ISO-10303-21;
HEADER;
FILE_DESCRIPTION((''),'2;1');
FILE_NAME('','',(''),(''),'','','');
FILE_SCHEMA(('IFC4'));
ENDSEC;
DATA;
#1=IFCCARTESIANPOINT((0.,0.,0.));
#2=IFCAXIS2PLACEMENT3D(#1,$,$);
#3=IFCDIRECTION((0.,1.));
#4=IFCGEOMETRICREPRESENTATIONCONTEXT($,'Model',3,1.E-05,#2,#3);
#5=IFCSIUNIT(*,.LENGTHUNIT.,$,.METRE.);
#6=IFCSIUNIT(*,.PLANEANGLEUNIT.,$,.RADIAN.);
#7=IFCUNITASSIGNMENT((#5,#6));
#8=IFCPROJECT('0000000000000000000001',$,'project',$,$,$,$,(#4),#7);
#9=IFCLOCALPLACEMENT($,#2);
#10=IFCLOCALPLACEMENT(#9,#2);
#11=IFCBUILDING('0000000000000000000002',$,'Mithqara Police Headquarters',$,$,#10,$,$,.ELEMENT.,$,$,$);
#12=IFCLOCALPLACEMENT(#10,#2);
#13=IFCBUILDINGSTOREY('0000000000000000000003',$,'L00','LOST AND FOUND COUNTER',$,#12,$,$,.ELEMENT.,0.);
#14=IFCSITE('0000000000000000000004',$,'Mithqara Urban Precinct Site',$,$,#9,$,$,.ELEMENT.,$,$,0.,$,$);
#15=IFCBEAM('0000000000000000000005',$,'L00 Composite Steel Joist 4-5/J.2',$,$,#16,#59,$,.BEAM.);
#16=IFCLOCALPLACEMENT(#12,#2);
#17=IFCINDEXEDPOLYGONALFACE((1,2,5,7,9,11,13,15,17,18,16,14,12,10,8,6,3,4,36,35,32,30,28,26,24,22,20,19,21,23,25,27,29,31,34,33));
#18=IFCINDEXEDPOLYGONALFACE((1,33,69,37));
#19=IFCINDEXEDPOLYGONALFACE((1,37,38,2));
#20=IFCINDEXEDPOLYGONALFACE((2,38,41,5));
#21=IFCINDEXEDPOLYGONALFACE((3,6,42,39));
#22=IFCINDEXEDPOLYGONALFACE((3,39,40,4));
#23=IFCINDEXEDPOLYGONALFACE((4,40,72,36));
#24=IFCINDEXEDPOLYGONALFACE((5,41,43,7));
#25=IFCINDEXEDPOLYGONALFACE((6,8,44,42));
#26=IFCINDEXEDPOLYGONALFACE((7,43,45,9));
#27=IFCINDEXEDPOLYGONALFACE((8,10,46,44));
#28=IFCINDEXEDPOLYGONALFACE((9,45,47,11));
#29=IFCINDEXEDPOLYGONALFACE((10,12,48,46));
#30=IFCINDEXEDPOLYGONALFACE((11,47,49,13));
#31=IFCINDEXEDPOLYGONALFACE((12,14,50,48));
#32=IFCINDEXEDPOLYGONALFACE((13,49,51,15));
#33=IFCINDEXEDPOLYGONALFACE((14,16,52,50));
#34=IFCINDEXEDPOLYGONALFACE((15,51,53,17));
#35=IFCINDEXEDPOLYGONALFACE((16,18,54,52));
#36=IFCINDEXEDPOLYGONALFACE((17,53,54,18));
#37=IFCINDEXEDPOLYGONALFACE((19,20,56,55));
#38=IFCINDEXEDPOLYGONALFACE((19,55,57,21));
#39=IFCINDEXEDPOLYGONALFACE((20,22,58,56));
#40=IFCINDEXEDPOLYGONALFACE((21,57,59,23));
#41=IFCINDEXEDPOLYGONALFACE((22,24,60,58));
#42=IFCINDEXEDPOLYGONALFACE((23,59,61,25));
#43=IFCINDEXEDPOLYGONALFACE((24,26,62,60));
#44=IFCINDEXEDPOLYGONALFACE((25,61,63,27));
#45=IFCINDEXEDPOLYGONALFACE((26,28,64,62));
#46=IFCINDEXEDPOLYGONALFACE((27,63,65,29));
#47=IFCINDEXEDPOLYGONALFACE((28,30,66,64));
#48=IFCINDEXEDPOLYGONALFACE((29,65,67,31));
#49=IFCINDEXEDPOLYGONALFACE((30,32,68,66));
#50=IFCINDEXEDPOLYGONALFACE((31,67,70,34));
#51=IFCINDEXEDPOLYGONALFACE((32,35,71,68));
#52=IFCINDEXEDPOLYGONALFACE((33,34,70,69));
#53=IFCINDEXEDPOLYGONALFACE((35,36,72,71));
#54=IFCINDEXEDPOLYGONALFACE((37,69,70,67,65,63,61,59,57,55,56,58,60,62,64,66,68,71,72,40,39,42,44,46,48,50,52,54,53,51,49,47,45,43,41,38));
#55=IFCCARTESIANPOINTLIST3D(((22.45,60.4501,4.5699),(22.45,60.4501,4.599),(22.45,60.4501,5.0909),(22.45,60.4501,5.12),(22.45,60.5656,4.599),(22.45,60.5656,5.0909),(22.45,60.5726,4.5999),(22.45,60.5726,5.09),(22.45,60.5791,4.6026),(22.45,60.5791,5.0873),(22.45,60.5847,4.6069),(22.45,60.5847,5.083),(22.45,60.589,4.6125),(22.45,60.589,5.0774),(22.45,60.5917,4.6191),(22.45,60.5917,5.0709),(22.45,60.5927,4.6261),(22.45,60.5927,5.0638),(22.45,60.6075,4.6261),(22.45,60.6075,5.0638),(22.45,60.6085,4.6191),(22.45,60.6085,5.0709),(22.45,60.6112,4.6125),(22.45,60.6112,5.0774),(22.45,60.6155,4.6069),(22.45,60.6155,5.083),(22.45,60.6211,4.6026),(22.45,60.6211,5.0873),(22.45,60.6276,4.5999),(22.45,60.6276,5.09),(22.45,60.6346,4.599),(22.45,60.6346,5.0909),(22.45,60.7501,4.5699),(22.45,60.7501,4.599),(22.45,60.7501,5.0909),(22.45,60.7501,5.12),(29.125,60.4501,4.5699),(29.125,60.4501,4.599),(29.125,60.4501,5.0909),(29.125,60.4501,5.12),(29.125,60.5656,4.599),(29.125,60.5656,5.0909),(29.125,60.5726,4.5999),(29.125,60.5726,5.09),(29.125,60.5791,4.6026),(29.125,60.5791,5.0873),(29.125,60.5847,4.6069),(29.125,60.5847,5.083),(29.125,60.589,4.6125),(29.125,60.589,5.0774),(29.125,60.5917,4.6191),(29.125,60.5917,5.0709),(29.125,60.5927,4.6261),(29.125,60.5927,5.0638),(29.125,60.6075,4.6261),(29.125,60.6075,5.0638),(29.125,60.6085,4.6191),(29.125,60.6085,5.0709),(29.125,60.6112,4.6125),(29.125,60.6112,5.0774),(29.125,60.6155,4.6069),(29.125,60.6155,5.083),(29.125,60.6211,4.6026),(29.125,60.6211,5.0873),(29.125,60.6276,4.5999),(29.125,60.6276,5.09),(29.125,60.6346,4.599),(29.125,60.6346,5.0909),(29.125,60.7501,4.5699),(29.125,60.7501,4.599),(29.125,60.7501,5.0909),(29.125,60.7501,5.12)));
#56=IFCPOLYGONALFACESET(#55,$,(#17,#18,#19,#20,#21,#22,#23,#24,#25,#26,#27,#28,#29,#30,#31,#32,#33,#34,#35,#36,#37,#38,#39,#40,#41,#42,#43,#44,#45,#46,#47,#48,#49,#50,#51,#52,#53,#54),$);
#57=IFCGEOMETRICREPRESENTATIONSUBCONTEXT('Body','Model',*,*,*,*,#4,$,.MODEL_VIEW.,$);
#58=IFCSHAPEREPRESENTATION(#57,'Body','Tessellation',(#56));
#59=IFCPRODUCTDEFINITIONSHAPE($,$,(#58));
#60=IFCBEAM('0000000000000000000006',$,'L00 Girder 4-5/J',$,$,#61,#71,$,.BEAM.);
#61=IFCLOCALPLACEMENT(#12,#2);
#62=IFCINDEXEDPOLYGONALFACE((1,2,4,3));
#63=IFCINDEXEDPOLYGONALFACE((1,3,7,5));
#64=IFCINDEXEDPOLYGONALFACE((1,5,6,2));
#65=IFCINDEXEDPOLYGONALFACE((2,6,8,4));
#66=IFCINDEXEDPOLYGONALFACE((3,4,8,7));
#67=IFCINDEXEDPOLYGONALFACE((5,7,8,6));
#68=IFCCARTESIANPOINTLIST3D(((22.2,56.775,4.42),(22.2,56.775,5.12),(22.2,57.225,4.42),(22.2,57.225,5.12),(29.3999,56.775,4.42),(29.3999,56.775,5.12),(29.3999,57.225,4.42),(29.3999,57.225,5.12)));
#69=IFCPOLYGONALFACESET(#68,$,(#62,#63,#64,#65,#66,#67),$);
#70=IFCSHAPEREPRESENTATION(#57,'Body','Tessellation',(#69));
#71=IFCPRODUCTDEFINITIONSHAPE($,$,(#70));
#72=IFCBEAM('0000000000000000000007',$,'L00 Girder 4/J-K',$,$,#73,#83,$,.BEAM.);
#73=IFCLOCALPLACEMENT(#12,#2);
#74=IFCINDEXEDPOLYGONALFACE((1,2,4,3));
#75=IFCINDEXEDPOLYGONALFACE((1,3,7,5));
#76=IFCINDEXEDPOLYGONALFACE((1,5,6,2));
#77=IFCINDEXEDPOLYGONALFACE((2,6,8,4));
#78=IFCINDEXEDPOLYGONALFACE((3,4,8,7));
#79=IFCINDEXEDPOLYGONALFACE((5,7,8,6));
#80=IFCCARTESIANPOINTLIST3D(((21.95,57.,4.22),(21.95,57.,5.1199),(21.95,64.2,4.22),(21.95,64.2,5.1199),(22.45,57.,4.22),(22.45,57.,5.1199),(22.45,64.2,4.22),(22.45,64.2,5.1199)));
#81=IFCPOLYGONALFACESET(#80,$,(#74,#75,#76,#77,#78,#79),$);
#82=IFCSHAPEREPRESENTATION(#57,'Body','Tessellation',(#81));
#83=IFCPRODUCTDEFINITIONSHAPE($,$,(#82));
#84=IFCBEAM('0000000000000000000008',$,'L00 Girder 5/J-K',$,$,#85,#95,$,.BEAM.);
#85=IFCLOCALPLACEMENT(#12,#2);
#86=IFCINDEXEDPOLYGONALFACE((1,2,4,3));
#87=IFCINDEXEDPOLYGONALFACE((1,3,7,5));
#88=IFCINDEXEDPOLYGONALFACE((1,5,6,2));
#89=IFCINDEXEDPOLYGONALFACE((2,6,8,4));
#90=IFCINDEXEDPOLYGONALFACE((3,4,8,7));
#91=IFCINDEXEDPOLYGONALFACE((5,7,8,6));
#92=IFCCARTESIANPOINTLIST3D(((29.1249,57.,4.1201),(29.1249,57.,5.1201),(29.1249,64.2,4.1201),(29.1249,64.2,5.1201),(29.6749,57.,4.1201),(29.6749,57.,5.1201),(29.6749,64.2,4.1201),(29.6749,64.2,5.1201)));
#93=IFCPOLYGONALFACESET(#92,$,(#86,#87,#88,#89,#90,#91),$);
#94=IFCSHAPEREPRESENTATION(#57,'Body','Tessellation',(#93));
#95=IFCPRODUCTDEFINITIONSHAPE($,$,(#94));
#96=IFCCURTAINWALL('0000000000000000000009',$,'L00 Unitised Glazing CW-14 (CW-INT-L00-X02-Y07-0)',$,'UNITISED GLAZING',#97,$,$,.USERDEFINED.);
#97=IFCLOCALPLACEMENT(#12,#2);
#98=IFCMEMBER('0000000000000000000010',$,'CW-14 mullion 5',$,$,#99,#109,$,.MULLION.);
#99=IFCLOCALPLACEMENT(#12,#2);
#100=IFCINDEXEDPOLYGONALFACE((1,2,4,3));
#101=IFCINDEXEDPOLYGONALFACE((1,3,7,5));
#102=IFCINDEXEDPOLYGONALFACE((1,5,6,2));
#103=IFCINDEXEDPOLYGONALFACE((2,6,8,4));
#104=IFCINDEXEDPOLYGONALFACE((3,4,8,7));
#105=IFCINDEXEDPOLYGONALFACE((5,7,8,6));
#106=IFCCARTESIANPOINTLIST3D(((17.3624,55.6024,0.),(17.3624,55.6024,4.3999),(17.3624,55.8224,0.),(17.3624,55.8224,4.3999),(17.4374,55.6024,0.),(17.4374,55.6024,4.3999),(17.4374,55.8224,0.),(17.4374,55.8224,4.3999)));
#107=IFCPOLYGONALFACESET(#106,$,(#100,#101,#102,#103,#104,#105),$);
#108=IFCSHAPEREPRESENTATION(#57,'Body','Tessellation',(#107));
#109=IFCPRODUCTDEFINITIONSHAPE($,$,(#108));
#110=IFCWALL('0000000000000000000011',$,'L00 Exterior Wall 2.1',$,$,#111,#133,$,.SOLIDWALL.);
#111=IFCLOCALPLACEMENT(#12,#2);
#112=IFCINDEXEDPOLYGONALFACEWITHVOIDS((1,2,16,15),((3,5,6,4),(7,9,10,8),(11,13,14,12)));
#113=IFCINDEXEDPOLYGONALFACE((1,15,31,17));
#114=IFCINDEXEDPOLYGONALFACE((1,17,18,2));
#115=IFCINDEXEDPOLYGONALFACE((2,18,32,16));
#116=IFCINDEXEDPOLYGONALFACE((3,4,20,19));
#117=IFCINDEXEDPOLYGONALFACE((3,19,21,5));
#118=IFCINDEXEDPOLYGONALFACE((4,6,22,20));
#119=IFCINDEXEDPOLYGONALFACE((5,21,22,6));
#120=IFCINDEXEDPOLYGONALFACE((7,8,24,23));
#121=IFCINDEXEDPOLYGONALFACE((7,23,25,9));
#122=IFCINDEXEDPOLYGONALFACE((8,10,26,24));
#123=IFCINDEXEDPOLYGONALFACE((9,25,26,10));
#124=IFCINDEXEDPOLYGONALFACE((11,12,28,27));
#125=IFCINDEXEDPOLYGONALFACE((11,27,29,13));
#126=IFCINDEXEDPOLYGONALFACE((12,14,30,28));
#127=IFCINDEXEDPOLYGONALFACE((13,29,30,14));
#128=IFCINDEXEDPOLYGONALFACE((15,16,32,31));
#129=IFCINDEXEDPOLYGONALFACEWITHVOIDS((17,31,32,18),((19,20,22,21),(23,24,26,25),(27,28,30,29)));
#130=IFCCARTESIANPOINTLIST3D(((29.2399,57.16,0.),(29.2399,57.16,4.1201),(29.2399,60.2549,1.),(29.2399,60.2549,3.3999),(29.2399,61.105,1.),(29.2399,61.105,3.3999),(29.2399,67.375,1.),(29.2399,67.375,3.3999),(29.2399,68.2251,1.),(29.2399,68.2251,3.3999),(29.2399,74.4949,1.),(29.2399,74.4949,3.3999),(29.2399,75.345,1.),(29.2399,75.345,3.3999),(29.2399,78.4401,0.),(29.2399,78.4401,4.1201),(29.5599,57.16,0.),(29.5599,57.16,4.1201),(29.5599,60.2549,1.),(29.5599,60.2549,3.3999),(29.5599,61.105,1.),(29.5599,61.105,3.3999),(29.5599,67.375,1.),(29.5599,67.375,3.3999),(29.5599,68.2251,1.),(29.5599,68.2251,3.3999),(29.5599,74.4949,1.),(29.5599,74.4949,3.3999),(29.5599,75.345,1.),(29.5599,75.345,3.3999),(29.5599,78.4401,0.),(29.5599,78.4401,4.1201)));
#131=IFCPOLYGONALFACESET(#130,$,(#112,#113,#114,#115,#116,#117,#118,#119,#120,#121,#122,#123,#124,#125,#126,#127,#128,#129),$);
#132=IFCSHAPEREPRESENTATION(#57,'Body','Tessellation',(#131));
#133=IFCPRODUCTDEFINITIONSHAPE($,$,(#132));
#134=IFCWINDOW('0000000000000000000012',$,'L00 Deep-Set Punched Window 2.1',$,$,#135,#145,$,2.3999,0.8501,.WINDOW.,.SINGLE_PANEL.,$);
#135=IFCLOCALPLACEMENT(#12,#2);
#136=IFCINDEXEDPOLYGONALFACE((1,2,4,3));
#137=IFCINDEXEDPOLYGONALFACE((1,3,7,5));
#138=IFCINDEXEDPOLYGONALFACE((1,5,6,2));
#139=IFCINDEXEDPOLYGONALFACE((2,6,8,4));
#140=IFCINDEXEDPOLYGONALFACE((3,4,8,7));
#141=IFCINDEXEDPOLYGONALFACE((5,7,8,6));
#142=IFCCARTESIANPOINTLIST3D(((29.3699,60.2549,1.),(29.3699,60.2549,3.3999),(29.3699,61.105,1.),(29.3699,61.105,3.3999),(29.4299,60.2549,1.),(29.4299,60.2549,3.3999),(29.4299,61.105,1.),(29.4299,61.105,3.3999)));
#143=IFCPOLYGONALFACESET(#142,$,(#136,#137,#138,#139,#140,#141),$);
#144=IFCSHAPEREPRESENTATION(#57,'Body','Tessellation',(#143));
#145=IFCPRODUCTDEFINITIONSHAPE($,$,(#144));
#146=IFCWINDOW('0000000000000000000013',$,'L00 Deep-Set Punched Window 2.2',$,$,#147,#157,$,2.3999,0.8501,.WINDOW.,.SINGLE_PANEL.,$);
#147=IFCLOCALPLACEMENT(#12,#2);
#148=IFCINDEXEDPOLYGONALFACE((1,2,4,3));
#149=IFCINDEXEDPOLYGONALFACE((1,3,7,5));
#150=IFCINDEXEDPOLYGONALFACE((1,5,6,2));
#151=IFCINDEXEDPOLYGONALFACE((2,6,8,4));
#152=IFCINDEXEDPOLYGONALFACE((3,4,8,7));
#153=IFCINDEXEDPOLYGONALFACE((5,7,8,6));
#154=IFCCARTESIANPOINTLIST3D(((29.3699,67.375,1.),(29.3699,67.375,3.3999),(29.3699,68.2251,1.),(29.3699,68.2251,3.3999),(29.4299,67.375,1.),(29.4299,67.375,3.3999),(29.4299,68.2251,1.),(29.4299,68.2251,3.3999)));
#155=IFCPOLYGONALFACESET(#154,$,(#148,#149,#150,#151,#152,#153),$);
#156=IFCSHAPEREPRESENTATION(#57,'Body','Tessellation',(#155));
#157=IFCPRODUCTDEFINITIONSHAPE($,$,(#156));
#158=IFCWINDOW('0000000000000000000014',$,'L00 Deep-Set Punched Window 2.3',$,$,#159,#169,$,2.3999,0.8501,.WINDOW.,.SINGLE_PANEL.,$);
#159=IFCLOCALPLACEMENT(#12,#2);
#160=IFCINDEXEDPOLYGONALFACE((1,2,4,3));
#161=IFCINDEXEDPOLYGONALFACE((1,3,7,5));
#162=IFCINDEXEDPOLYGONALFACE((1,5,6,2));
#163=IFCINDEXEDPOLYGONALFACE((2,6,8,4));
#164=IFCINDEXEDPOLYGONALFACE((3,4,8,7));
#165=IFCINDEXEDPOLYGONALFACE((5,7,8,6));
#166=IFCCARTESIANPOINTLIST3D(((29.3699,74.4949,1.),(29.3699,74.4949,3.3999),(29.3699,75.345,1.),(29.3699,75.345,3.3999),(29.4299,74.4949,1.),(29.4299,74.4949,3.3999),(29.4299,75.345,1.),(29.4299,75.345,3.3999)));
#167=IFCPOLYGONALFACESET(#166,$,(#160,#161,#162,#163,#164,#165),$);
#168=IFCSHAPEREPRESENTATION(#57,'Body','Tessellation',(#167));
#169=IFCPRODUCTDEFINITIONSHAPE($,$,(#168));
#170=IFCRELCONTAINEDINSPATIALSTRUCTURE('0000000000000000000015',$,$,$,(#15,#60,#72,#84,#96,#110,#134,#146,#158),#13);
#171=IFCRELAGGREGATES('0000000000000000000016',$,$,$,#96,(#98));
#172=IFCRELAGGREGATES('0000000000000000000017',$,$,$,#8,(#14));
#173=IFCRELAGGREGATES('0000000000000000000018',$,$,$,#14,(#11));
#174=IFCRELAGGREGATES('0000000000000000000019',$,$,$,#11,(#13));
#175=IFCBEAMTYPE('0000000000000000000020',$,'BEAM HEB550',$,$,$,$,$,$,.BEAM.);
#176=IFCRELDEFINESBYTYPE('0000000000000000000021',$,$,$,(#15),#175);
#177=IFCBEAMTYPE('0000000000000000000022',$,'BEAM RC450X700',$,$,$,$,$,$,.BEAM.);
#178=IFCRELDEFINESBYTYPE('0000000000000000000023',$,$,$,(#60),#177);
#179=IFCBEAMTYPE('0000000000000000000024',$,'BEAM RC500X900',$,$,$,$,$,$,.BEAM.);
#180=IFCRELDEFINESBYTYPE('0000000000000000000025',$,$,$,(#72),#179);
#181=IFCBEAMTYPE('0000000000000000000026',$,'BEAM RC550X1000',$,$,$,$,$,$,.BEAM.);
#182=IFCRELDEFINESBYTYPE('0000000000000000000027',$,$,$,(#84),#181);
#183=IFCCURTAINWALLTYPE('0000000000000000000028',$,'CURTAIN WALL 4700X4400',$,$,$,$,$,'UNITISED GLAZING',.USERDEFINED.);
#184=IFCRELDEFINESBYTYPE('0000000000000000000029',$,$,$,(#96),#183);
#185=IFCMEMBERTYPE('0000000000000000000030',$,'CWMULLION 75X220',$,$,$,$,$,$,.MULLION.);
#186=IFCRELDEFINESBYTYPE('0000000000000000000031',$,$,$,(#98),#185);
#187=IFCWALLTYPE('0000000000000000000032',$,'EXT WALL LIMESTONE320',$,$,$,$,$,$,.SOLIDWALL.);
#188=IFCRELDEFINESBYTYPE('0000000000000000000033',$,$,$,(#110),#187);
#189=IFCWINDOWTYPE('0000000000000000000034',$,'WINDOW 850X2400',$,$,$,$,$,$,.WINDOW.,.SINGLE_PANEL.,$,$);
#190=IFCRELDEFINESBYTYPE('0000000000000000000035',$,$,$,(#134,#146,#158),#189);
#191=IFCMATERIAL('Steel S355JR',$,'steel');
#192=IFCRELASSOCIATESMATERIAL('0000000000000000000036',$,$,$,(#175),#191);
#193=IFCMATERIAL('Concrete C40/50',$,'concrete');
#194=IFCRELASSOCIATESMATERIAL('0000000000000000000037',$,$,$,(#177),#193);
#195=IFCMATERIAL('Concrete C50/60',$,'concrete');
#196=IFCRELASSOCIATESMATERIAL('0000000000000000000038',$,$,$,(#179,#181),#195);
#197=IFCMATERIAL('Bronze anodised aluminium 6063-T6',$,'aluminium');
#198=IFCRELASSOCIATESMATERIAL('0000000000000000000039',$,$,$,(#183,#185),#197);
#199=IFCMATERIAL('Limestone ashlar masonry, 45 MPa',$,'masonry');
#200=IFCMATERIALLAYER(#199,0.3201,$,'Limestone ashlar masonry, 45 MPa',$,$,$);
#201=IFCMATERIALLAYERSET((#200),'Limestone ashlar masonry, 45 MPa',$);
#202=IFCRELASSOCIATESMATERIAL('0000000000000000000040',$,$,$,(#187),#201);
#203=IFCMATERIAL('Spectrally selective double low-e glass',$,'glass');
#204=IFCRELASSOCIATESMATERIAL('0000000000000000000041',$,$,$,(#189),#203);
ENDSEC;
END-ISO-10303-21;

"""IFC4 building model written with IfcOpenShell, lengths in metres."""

from ifc_helpers import new_model, si_unit, direction, frame, frame_2d, origin, origin_2d, place, context, subcontext, project, spatial, rectangle, i_section, extrude, material, layer, layer_set, material_profile, profile_set, type_object, element, fill, aggregate, save


model = new_model("IFC4")

# Units and contexts
model_context = context("Model", 3, precision=1e-05, world=origin(), true_north=direction((0.0, 1.0)))
body_context = subcontext(model_context, "Body", "Model", "MODEL_VIEW")
ifc_project = project(units=[si_unit("LENGTHUNIT", "METRE"), si_unit("PLANEANGLEUNIT", "RADIAN")], contexts=[model_context])

# Site, building, storey
site_placement = place(None, origin())
site = spatial("IfcSite", under=ifc_project, at=site_placement, Name="Mithqara Urban Precinct Site", CompositionType="ELEMENT", RefElevation=0.0)
building_placement = place(site_placement, origin())
building = spatial("IfcBuilding", under=site, at=building_placement, Name="Mithqara Police Headquarters", CompositionType="ELEMENT")
storey_placement = place(building_placement, origin())
storey = spatial("IfcBuildingStorey", under=building, at=storey_placement, Name="L00", Description="LOST AND FOUND COUNTER", CompositionType="ELEMENT", Elevation=0.0)

# Shared definitions
ifc_material_1 = material(Name="Concrete C50/60", Category="concrete")

# Beams
ifc_material_2 = material(Name="Steel S355JR", Category="steel")
ifc_material_profile_1 = material_profile(ifc_material_2, i_section(OverallWidth=0.3, OverallDepth=0.55, WebThickness=0.0149, FlangeThickness=0.0291, FilletRadius=0.0271, at=origin_2d()), Name="HEB 550")
ifc_profile_set_1 = profile_set([ifc_material_profile_1], Name="Steel S355JR")
beam_type_1 = type_object("IfcBeamType", Name="BEAM HEB550", PredefinedType="BEAM", material=ifc_profile_set_1)
for number, where, z_axis, x_axis, name in (
    (1, (22.45, 60.6001, 4.845), (1.0, 0.0, 0.0), (0.0, 1.0, 0.0), "L00 Composite Steel Joist 4-5/J.2"),
):
    element("IfcBeam", number, at=place(storey_placement, frame(where, z_axis=z_axis, x_axis=x_axis)), inside=storey, type_object=beam_type_1, Name=name, PredefinedType="BEAM", context=body_context, shape_type="SweptSolid", body=[
        extrude(i_section(OverallWidth=0.3, OverallDepth=0.55, WebThickness=0.0149, FlangeThickness=0.0291, FilletRadius=0.0271, at=origin_2d()), origin(), (0.0, 0.0, 1.0), 6.675),
    ])
ifc_material_3 = material(Name="Concrete C40/50", Category="concrete")
ifc_material_profile_2 = material_profile(ifc_material_3, rectangle(XDim=0.45, YDim=0.7, at=origin_2d()), Name="RC 450x700")
ifc_profile_set_2 = profile_set([ifc_material_profile_2], Name="Concrete C40/50")
beam_type_2 = type_object("IfcBeamType", Name="BEAM RC450X700", PredefinedType="BEAM", material=ifc_profile_set_2)
beam_1_placement = place(storey_placement, frame((22.2, 57.0, 4.77), z_axis=(1.0, 0.0, 0.0), x_axis=(0.0, 1.0, 0.0)))
element("IfcBeam", 2, at=beam_1_placement, inside=storey, type_object=beam_type_2, Name="L00 Girder 4-5/J", PredefinedType="BEAM", context=body_context, shape_type="SweptSolid", body=[
    extrude(rectangle(XDim=0.45, YDim=0.7, at=origin_2d()), origin(), (0.0, 0.0, 1.0), 7.2),
])
ifc_material_profile_3 = material_profile(ifc_material_1, rectangle(XDim=0.5, YDim=0.8999, at=origin_2d()), Name="RC 500x900")
ifc_profile_set_3 = profile_set([ifc_material_profile_3], Name="Concrete C50/60")
beam_type_3 = type_object("IfcBeamType", Name="BEAM RC500X900", PredefinedType="BEAM", material=ifc_profile_set_3)
beam_2_placement = place(storey_placement, frame((22.2, 57.0, 4.6699), z_axis=(0.0, 1.0, 0.0), x_axis=(-1.0, 0.0, 0.0)))
element("IfcBeam", 3, at=beam_2_placement, inside=storey, type_object=beam_type_3, Name="L00 Girder 4/J-K", PredefinedType="BEAM", context=body_context, shape_type="SweptSolid", body=[
    extrude(rectangle(XDim=0.5, YDim=0.8999, at=origin_2d()), origin(), (0.0, 0.0, 1.0), 7.2),
])
ifc_material_profile_4 = material_profile(ifc_material_1, rectangle(XDim=0.55, YDim=1.0, at=origin_2d()), Name="RC 550x1000")
ifc_profile_set_4 = profile_set([ifc_material_profile_4], Name="Concrete C50/60")
beam_type_4 = type_object("IfcBeamType", Name="BEAM RC550X1000", PredefinedType="BEAM", material=ifc_profile_set_4)
beam_3_placement = place(storey_placement, frame((29.3999, 57.0, 4.6201), z_axis=(0.0, 1.0, 0.0), x_axis=(-1.0, 0.0, 0.0)))
element("IfcBeam", 4, at=beam_3_placement, inside=storey, type_object=beam_type_4, Name="L00 Girder 5/J-K", PredefinedType="BEAM", context=body_context, shape_type="SweptSolid", body=[
    extrude(rectangle(XDim=0.55, YDim=1.0, at=origin_2d()), origin(), (0.0, 0.0, 1.0), 7.2),
])

# Curtain wall, member
ifc_material_4 = material(Name="Bronze anodised aluminium 6063-T6", Category="aluminium")
curtain_wall_type = type_object("IfcCurtainWallType", Name="CURTAIN WALL 4700X4400", ElementType="UNITISED GLAZING", PredefinedType="USERDEFINED", material=ifc_material_4)
curtain_wall_placement = place(storey_placement, origin())
curtain_wall = element("IfcCurtainWall", 5, at=curtain_wall_placement, inside=storey, type_object=curtain_wall_type, Name="L00 Unitised Glazing CW-14 (CW-INT-L00-X02-Y07-0)", ObjectType="UNITISED GLAZING", PredefinedType="USERDEFINED")
ifc_material_profile_5 = material_profile(ifc_material_4, rectangle(XDim=0.075, YDim=0.22, at=origin_2d()), Name="CWM 75x220")
ifc_profile_set_5 = profile_set([ifc_material_profile_5], Name="Bronze anodised aluminium 6063-T6")
member_type_1 = type_object("IfcMemberType", Name="CWMULLION 75X220", PredefinedType="MULLION", material=ifc_profile_set_5)
member_1_placement = place(storey_placement, frame((17.3999, 55.7124, 0.0), z_axis=(0.0, 0.0, 1.0), x_axis=(-1.0, 0.0, 0.0)))
member_1 = element("IfcMember", 6, at=member_1_placement, type_object=member_type_1, Name="CW-14 mullion 5", PredefinedType="MULLION", context=body_context, shape_type="SweptSolid", body=[
    extrude(rectangle(XDim=0.075, YDim=0.22, at=origin_2d()), origin(), (0.0, 0.0, 1.0), 4.3999),
])
aggregate(curtain_wall, [member_1])

# Wall, openings, windows
ifc_material_5 = material(Name="Limestone ashlar masonry, 45 MPa", Category="masonry")
ifc_layer_1 = layer(ifc_material_5, 0.3201, Name="Limestone ashlar masonry, 45 MPa")
ifc_layer_set_1 = layer_set([ifc_layer_1], Name="Limestone ashlar masonry, 45 MPa")
wall_type_1 = type_object("IfcWallType", Name="EXT WALL LIMESTONE320", PredefinedType="SOLIDWALL", material=ifc_layer_set_1)
wall_1_placement = place(storey_placement, frame((29.3999, 57.1599, 0.0), z_axis=(0.0, 0.0, 1.0), x_axis=(0.0, 1.0, 0.0)))
wall_1 = element("IfcWall", 7, at=wall_1_placement, inside=storey, type_object=wall_type_1, Name="L00 Exterior Wall 2.1", PredefinedType="SOLIDWALL", context=body_context, shape_type="SweptSolid", body=[
    extrude(rectangle(XDim=21.28, YDim=0.3201, at=frame_2d((10.6401, 0.0))), origin(), (0.0, 0.0, 1.0), 4.1201),
])
opening_1_placement = place(wall_1_placement, frame((3.095, 0.0, 1.0)))
opening_1 = element("IfcOpeningElement", 8, at=opening_1_placement, cuts=wall_1, PredefinedType="OPENING", context=body_context, shape_type="SweptSolid", body=[
    extrude(rectangle(XDim=0.8501, YDim=2.3999, at=frame_2d((0.425, 1.2))), frame((0.0, 0.1699, 0.0), z_axis=(0.0, -1.0, 0.0), x_axis=(1.0, 0.0, 0.0)), (0.0, 0.0, 1.0), 0.3401),
])
opening_2_placement = place(wall_1_placement, frame((10.2151, 0.0, 1.0)))
opening_2 = element("IfcOpeningElement", 9, at=opening_2_placement, cuts=wall_1, PredefinedType="OPENING", context=body_context, shape_type="SweptSolid", body=[
    extrude(rectangle(XDim=0.8501, YDim=2.3999, at=frame_2d((0.425, 1.2))), frame((0.0, 0.1699, 0.0), z_axis=(0.0, -1.0, 0.0), x_axis=(1.0, 0.0, 0.0)), (0.0, 0.0, 1.0), 0.3401),
])
opening_3_placement = place(wall_1_placement, frame((17.335, 0.0, 1.0)))
opening_3 = element("IfcOpeningElement", 10, at=opening_3_placement, cuts=wall_1, PredefinedType="OPENING", context=body_context, shape_type="SweptSolid", body=[
    extrude(rectangle(XDim=0.8501, YDim=2.3999, at=frame_2d((0.425, 1.2))), frame((0.0, 0.1699, 0.0), z_axis=(0.0, -1.0, 0.0), x_axis=(1.0, 0.0, 0.0)), (0.0, 0.0, 1.0), 0.3401),
])
ifc_material_6 = material(Name="Spectrally selective double low-e glass", Category="glass")
window_type = type_object("IfcWindowType", Name="WINDOW 850X2400", PartitioningType="SINGLE_PANEL", PredefinedType="WINDOW", material=ifc_material_6)
window_1_placement = place(opening_1_placement, origin())
window_1 = element("IfcWindow", 11, at=window_1_placement, inside=storey, type_object=window_type, Name="L00 Deep-Set Punched Window 2.1", OverallHeight=2.3999, OverallWidth=0.8501, PartitioningType="SINGLE_PANEL", PredefinedType="WINDOW", context=body_context, shape_type="SweptSolid", body=[
    extrude(rectangle(XDim=0.8501, YDim=2.3999, at=frame_2d((0.425, 1.2))), frame((0.0, 0.03, 0.0), z_axis=(0.0, -1.0, 0.0), x_axis=(1.0, 0.0, 0.0)), (0.0, 0.0, 1.0), 0.0601),
])
fill(opening_1, window_1)
window_2_placement = place(opening_2_placement, origin())
window_2 = element("IfcWindow", 12, at=window_2_placement, inside=storey, type_object=window_type, Name="L00 Deep-Set Punched Window 2.2", OverallHeight=2.3999, OverallWidth=0.8501, PartitioningType="SINGLE_PANEL", PredefinedType="WINDOW", context=body_context, shape_type="SweptSolid", body=[
    extrude(rectangle(XDim=0.8501, YDim=2.3999, at=frame_2d((0.425, 1.2))), frame((0.0, 0.03, 0.0), z_axis=(0.0, -1.0, 0.0), x_axis=(1.0, 0.0, 0.0)), (0.0, 0.0, 1.0), 0.0601),
])
fill(opening_2, window_2)
window_3_placement = place(opening_3_placement, origin())
window_3 = element("IfcWindow", 13, at=window_3_placement, inside=storey, type_object=window_type, Name="L00 Deep-Set Punched Window 2.3", OverallHeight=2.3999, OverallWidth=0.8501, PartitioningType="SINGLE_PANEL", PredefinedType="WINDOW", context=body_context, shape_type="SweptSolid", body=[
    extrude(rectangle(XDim=0.8501, YDim=2.3999, at=frame_2d((0.425, 1.2))), frame((0.0, 0.03, 0.0), z_axis=(0.0, -1.0, 0.0), x_axis=(1.0, 0.0, 0.0)), (0.0, 0.0, 1.0), 0.0601),
])
fill(opening_3, window_3)

save(model, "model.ifc")
